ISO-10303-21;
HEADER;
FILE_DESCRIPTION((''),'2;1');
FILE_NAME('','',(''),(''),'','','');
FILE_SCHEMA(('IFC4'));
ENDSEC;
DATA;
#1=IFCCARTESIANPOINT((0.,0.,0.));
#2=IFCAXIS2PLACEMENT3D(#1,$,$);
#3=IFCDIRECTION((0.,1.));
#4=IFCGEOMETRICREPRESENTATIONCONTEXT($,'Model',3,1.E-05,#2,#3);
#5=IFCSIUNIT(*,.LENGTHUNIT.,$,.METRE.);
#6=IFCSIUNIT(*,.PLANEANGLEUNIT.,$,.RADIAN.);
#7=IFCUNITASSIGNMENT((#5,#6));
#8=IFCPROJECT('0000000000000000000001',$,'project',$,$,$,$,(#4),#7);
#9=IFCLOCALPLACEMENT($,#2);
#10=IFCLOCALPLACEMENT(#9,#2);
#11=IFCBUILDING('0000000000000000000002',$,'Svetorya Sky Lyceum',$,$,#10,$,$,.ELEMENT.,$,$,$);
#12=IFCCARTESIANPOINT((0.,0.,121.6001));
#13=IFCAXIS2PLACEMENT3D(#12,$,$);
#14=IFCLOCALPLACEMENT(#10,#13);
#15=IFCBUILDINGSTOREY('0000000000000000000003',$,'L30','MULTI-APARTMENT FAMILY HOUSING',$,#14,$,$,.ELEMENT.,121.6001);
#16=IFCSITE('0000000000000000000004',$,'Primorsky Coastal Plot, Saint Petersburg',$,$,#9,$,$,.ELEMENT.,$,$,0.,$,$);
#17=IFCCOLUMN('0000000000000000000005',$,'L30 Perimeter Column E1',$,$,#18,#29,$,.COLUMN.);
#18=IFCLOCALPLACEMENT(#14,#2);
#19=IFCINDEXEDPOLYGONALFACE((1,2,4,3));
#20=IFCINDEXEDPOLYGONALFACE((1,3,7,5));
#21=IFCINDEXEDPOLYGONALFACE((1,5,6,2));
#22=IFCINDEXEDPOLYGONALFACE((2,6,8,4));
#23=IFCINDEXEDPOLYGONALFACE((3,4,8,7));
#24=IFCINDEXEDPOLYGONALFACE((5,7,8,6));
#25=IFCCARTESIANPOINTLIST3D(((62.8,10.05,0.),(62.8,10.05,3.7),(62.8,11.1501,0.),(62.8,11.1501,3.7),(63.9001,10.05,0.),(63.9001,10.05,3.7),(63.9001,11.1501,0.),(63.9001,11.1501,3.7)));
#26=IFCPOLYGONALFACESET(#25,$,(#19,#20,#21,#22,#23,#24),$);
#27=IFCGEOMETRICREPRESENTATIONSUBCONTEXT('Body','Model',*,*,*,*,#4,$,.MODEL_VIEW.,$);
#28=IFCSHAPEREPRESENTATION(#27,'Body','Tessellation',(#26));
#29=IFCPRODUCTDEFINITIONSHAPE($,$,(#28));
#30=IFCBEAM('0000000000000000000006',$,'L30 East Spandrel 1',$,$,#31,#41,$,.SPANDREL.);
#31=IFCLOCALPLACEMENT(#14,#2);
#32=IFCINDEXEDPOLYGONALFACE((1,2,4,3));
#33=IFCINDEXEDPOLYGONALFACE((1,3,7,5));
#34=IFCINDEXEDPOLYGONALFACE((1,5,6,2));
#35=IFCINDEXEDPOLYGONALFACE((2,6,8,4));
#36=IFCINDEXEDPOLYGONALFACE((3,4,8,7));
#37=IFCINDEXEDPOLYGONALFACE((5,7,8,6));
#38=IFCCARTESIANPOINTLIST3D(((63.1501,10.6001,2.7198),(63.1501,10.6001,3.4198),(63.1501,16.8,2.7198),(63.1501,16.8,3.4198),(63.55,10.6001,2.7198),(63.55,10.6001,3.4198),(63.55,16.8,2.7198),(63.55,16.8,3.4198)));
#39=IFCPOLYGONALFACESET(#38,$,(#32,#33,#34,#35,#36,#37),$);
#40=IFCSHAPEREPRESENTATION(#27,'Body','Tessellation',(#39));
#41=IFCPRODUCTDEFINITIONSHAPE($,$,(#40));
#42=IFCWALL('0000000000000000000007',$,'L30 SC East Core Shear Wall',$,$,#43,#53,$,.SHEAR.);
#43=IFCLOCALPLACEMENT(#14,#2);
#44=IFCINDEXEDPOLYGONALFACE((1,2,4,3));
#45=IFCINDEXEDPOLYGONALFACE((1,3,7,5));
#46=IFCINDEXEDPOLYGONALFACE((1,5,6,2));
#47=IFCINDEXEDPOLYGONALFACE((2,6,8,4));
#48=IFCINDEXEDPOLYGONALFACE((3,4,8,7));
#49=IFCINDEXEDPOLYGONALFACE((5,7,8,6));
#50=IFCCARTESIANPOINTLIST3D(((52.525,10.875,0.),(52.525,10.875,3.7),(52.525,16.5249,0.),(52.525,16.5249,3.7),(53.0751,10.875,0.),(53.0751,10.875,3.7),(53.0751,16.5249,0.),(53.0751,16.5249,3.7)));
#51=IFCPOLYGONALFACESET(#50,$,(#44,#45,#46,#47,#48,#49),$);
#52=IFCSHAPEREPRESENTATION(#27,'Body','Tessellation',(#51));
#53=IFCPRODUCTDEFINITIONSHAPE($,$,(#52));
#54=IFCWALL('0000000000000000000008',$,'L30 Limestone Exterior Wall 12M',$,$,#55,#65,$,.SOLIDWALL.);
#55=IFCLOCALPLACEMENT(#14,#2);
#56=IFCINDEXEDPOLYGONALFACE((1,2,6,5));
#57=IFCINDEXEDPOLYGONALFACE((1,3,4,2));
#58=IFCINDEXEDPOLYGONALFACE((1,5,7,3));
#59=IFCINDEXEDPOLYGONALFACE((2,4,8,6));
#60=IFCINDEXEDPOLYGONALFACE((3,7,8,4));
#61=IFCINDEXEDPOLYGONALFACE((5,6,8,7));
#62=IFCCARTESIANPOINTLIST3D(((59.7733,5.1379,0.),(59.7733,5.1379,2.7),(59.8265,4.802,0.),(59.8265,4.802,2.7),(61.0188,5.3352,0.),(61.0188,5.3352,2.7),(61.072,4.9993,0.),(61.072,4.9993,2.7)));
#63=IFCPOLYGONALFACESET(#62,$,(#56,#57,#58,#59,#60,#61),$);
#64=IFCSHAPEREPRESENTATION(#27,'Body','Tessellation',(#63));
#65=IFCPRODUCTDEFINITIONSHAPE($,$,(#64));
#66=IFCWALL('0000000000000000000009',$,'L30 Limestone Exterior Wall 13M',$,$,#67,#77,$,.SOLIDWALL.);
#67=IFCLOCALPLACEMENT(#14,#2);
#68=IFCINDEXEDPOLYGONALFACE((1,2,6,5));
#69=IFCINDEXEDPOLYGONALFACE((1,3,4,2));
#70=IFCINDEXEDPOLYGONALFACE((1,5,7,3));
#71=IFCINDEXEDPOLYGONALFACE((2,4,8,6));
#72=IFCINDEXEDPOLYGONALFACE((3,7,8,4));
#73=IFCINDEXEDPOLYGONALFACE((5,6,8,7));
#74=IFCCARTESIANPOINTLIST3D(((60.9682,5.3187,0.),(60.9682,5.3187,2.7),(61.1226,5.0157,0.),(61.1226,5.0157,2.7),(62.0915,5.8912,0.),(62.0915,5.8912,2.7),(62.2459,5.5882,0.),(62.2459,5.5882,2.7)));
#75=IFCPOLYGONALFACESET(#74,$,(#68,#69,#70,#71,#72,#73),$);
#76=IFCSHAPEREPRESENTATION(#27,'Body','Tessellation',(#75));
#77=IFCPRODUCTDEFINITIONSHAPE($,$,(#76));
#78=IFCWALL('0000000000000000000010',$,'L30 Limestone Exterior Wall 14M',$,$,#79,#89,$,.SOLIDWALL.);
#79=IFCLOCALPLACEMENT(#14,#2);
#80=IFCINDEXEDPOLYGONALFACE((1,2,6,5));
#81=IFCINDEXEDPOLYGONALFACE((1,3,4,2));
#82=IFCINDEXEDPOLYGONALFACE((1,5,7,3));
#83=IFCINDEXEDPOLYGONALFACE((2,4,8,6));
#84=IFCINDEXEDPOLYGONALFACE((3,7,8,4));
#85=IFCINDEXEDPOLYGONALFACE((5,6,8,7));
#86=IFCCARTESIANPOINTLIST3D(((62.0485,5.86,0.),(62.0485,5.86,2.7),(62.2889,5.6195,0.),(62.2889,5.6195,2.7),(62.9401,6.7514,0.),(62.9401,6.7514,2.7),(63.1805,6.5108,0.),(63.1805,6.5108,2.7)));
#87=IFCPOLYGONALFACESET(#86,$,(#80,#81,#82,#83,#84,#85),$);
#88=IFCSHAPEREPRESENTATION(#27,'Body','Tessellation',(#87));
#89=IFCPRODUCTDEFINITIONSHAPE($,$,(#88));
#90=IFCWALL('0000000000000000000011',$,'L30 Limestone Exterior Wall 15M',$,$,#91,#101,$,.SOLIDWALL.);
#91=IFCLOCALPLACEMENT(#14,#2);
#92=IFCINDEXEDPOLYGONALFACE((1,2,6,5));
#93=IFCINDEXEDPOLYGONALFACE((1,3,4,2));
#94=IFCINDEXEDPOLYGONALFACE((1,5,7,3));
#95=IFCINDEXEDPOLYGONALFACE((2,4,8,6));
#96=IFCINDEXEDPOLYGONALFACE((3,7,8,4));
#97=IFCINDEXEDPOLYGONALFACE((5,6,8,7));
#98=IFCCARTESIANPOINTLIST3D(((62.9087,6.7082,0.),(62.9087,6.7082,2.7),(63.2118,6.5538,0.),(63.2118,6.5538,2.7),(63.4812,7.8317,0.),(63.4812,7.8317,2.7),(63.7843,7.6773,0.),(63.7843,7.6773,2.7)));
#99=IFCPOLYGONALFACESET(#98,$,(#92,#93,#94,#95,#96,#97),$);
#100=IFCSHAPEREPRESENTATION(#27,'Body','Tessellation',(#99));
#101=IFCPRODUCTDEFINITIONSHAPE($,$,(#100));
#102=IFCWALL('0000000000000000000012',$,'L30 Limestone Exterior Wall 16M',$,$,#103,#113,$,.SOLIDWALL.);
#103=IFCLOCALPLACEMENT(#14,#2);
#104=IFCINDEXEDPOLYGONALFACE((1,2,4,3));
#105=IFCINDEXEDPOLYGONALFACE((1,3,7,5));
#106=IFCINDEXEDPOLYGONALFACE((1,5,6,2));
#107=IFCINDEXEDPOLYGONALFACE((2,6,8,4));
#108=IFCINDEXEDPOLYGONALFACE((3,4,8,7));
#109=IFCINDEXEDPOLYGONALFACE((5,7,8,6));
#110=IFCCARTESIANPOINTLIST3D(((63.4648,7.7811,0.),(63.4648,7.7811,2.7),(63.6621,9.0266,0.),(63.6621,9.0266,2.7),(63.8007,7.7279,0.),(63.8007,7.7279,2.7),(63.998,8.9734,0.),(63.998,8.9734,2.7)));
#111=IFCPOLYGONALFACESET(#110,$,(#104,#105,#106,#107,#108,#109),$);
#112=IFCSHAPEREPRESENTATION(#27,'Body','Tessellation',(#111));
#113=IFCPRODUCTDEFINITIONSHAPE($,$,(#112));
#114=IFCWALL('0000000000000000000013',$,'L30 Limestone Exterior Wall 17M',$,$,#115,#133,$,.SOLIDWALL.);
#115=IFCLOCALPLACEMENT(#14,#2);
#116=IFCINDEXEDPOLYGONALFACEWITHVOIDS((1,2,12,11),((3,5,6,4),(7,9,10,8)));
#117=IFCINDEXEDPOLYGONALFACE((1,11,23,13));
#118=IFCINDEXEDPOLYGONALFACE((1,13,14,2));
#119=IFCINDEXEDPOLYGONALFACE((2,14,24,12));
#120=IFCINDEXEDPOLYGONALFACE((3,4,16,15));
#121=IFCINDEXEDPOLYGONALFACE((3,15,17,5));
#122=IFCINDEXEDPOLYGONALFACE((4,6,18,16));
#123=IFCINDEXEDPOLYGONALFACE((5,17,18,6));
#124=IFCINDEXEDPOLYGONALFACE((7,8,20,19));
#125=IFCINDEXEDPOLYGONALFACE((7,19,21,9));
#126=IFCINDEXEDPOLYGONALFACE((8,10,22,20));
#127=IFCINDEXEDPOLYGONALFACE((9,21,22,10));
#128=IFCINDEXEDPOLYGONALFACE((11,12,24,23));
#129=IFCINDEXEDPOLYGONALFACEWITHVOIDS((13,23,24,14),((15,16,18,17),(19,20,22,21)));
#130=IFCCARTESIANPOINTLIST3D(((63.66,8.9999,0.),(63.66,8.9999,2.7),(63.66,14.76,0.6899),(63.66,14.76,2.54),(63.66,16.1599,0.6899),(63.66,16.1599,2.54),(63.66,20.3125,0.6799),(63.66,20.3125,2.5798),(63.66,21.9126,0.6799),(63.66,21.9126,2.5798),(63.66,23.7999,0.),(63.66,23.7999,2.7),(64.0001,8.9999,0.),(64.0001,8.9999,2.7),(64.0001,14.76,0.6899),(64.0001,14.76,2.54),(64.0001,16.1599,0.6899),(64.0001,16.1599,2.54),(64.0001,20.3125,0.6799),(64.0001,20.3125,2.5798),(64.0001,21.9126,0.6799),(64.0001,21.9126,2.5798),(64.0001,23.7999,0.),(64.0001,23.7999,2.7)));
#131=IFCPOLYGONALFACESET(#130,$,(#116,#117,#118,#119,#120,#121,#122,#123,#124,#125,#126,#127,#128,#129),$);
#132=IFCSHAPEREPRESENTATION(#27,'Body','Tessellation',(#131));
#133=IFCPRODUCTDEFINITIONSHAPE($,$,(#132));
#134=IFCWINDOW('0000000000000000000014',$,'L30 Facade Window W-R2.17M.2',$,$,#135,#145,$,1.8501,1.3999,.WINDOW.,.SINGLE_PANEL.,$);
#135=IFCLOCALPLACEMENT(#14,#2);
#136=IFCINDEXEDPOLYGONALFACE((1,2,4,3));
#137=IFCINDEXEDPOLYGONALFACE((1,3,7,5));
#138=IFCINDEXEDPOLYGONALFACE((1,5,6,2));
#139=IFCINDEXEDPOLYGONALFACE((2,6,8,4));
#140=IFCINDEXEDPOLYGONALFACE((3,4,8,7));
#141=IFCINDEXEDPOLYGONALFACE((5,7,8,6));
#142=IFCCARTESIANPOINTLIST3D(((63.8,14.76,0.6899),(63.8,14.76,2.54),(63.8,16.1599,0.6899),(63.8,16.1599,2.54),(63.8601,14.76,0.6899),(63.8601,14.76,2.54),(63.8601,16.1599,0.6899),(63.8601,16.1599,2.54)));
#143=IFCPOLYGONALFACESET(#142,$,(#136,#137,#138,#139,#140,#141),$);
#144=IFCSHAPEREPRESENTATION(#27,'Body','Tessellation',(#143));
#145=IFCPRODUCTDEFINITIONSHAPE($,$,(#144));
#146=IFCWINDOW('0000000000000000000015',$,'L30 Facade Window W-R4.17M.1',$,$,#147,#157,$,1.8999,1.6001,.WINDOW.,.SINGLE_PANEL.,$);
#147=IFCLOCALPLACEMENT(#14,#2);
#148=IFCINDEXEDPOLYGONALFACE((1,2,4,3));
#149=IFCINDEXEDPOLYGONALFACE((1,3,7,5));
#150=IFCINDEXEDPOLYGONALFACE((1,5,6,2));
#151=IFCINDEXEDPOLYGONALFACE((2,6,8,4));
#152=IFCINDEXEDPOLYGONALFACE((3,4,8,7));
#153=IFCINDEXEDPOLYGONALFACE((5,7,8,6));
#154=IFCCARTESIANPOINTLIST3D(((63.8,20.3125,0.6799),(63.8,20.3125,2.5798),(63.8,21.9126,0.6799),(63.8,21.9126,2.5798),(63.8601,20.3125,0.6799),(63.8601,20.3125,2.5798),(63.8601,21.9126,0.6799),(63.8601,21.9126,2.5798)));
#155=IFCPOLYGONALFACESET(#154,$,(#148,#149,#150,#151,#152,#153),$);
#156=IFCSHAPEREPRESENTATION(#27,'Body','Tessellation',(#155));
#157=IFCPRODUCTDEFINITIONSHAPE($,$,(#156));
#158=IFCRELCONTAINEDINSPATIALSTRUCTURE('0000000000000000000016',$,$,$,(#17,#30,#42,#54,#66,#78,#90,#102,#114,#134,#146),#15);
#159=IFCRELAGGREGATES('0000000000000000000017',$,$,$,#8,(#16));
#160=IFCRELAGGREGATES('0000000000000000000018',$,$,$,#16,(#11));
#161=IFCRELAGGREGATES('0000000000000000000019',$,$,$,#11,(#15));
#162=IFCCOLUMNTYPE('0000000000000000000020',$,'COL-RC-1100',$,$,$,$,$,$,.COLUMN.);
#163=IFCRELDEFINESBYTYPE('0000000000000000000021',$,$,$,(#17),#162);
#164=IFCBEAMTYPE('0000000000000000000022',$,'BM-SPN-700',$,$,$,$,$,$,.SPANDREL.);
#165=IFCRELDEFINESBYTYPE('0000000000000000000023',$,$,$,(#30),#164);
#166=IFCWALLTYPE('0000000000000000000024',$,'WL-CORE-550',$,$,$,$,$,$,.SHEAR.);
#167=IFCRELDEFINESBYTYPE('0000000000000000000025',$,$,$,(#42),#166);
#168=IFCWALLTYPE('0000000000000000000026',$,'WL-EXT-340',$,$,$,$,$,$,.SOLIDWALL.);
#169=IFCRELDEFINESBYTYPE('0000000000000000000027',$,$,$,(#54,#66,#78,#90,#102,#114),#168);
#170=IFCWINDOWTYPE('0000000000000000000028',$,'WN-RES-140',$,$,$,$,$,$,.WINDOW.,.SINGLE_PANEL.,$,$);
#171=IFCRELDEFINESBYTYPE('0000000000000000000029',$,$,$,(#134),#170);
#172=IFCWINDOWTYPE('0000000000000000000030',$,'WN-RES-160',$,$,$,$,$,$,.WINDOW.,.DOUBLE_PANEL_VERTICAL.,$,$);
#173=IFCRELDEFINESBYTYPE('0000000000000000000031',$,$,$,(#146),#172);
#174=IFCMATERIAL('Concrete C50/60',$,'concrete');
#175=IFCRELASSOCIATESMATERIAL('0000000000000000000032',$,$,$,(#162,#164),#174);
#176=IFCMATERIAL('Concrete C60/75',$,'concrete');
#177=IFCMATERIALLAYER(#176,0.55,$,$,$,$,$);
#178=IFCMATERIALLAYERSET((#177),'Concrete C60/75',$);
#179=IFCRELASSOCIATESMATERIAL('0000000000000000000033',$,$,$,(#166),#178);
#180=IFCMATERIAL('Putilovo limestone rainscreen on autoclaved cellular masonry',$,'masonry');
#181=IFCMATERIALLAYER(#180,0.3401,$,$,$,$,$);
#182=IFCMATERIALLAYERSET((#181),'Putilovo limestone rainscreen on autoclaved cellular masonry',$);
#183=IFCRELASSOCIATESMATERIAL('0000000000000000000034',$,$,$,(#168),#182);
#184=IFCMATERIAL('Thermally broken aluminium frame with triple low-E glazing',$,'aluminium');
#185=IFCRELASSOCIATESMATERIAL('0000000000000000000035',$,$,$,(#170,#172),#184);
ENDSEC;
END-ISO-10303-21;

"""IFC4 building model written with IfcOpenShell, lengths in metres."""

from ifc_helpers import new_model, si_unit, direction, frame, frame_2d, origin, origin_2d, place, context, subcontext, project, spatial, rectangle, extrude, material, layer, layer_set, material_profile, profile_set, type_object, element, fill, save


model = new_model("IFC4")

# Units and contexts
model_context = context("Model", 3, precision=1e-05, world=origin(), true_north=direction((0.0, 1.0)))
body_context = subcontext(model_context, "Body", "Model", "MODEL_VIEW")
ifc_project = project(units=[si_unit("LENGTHUNIT", "METRE"), si_unit("PLANEANGLEUNIT", "RADIAN")], contexts=[model_context])

# Site, building, storey
site_placement = place(None, origin())
site = spatial("IfcSite", under=ifc_project, at=site_placement, Name="Primorsky Coastal Plot, Saint Petersburg", CompositionType="ELEMENT", RefElevation=0.0)
building_placement = place(site_placement, origin())
building = spatial("IfcBuilding", under=site, at=building_placement, Name="Svetorya Sky Lyceum", CompositionType="ELEMENT")
storey_placement = place(building_placement, frame((0.0, 0.0, 121.6001)))
storey = spatial("IfcBuildingStorey", under=building, at=storey_placement, Name="L30", Description="MULTI-APARTMENT FAMILY HOUSING", CompositionType="ELEMENT", Elevation=121.6001)

# Column
ifc_material_1 = material(Name="Concrete C50/60", Category="concrete")
ifc_material_profile_1 = material_profile(ifc_material_1, rectangle(XDim=1.1001, YDim=1.1001, at=origin_2d()), Name="RC COL 1100x1100")
ifc_profile_set_1 = profile_set([ifc_material_profile_1], Name="Concrete C50/60")
column_type = type_object("IfcColumnType", Name="COL-RC-1100", PredefinedType="COLUMN", material=ifc_profile_set_1)
column_placement = place(storey_placement, frame((63.3501, 10.6001, 0.0), z_axis=(0.0, 0.0, 1.0), x_axis=(1.0, 0.0, 0.0)))
element("IfcColumn", 1, at=column_placement, inside=storey, type_object=column_type, Name="L30 Perimeter Column E1", PredefinedType="COLUMN", context=body_context, shape_type="SweptSolid", body=[
    extrude(rectangle(XDim=1.1001, YDim=1.1001, at=origin_2d()), origin(), (0.0, 0.0, 1.0), 3.7),
])

# Beam
ifc_material_profile_2 = material_profile(ifc_material_1, rectangle(XDim=0.3999, YDim=0.7, at=origin_2d()), Name="RC SPANDREL 400x700")
ifc_profile_set_2 = profile_set([ifc_material_profile_2], Name="Concrete C50/60")
beam_type = type_object("IfcBeamType", Name="BM-SPN-700", PredefinedType="SPANDREL", material=ifc_profile_set_2)
beam_placement = place(storey_placement, frame((63.3501, 10.6001, 3.0698), z_axis=(0.0, 1.0, 0.0), x_axis=(-1.0, 0.0, 0.0)))
element("IfcBeam", 2, at=beam_placement, inside=storey, type_object=beam_type, Name="L30 East Spandrel 1", PredefinedType="SPANDREL", context=body_context, shape_type="SweptSolid", body=[
    extrude(rectangle(XDim=0.3999, YDim=0.7, at=origin_2d()), origin(), (0.0, 0.0, 1.0), 6.2),
])

# Walls
ifc_material_2 = material(Name="Concrete C60/75", Category="concrete")
ifc_layer_1 = layer(ifc_material_2, 0.55)
ifc_layer_set_1 = layer_set([ifc_layer_1], Name="Concrete C60/75")
wall_type_1 = type_object("IfcWallType", Name="WL-CORE-550", PredefinedType="SHEAR", material=ifc_layer_set_1)
wall_1_placement = place(storey_placement, frame((52.8, 10.875, 0.0), z_axis=(0.0, 0.0, 1.0), x_axis=(0.0, 1.0, 0.0)))
element("IfcWall", 3, at=wall_1_placement, inside=storey, type_object=wall_type_1, Name="L30 SC East Core Shear Wall", PredefinedType="SHEAR", context=body_context, shape_type="SweptSolid", body=[
    extrude(rectangle(XDim=5.6499, YDim=0.55, at=frame_2d((2.825, 0.0))), origin(), (0.0, 0.0, 1.0), 3.7),
])
ifc_material_3 = material(Name="Putilovo limestone rainscreen on autoclaved cellular masonry", Category="masonry")
ifc_layer_2 = layer(ifc_material_3, 0.3401)
ifc_layer_set_2 = layer_set([ifc_layer_2], Name="Putilovo limestone rainscreen on autoclaved cellular masonry")
wall_type_2 = type_object("IfcWallType", Name="WL-EXT-340", PredefinedType="SOLIDWALL", material=ifc_layer_set_2)
wall_2_placement = place(storey_placement, frame((59.8, 4.97, 0.0), z_axis=(0.0, 0.0, 1.0), x_axis=(0.987686, 0.15645, 0.0)))
element("IfcWall", 4, at=wall_2_placement, inside=storey, type_object=wall_type_2, Name="L30 Limestone Exterior Wall 12M", PredefinedType="SOLIDWALL", context=body_context, shape_type="SweptSolid", body=[
    extrude(rectangle(XDim=1.261, YDim=0.3401, at=frame_2d((0.6304, 0.0))), origin(), (0.0, 0.0, 1.0), 2.7),
])
for number, where, z_axis, x_axis, name in (
    (5, (61.0454, 5.1672, 0.0), (0.0, 0.0, 1.0), (0.890954, 0.454094, 0.0), "L30 Limestone Exterior Wall 13M"),
    (6, (62.1687, 5.7397, 0.0), (0.0, 0.0, 1.0), (0.707204, 0.70701, 0.0), "L30 Limestone Exterior Wall 14M"),
):
    element("IfcWall", number, at=place(storey_placement, frame(where, z_axis=z_axis, x_axis=x_axis)), inside=storey, type_object=wall_type_2, Name=name, PredefinedType="SOLIDWALL", context=body_context, shape_type="SweptSolid", body=[
        extrude(rectangle(XDim=1.2607, YDim=0.3401, at=frame_2d((0.6304, 0.0))), origin(), (0.0, 0.0, 1.0), 2.7),
    ])
for number, where, z_axis, x_axis, name in (
    (7, (63.0603, 6.6311, 0.0), (0.0, 0.0, 1.0), (0.454016, 0.890994, 0.0), "L30 Limestone Exterior Wall 15M"),
    (8, (63.6328, 7.7546, 0.0), (0.0, 0.0, 1.0), (0.15645, 0.987686, 0.0), "L30 Limestone Exterior Wall 16M"),
):
    element("IfcWall", number, at=place(storey_placement, frame(where, z_axis=z_axis, x_axis=x_axis)), inside=storey, type_object=wall_type_2, Name=name, PredefinedType="SOLIDWALL", context=body_context, shape_type="SweptSolid", body=[
        extrude(rectangle(XDim=1.261, YDim=0.3401, at=frame_2d((0.6304, 0.0))), origin(), (0.0, 0.0, 1.0), 2.7),
    ])

# Wall, openings, windows
wall_3_placement = place(storey_placement, frame((63.8301, 9.0, 0.0), z_axis=(0.0, 0.0, 1.0), x_axis=(0.0, 1.0, 0.0)))
wall_3 = element("IfcWall", 9, at=wall_3_placement, inside=storey, type_object=wall_type_2, Name="L30 Limestone Exterior Wall 17M", PredefinedType="SOLIDWALL", context=body_context, shape_type="SweptSolid", body=[
    extrude(rectangle(XDim=14.8, YDim=0.3401, at=frame_2d((7.3999, 0.0))), origin(), (0.0, 0.0, 1.0), 2.7),
])
opening_1_placement = place(wall_3_placement, frame((5.76, 0.0, 0.6899)))
opening_1 = element("IfcOpeningElement", 10, at=opening_1_placement, cuts=wall_3, PredefinedType="OPENING", context=body_context, shape_type="SweptSolid", body=[
    extrude(rectangle(XDim=1.3999, YDim=1.8501, at=frame_2d((0.7, 0.925))), frame((0.0, 0.1799, 0.0), z_axis=(0.0, -1.0, 0.0), x_axis=(1.0, 0.0, 0.0)), (0.0, 0.0, 1.0), 0.3601),
])
opening_2_placement = place(wall_3_placement, frame((11.3125, 0.0, 0.6799)))
opening_2 = element("IfcOpeningElement", 11, at=opening_2_placement, cuts=wall_3, PredefinedType="OPENING", context=body_context, shape_type="SweptSolid", body=[
    extrude(rectangle(XDim=1.6001, YDim=1.8999, at=frame_2d((0.8, 0.95))), frame((0.0, 0.1799, 0.0), z_axis=(0.0, -1.0, 0.0), x_axis=(1.0, 0.0, 0.0)), (0.0, 0.0, 1.0), 0.3601),
])
ifc_material_4 = material(Name="Thermally broken aluminium frame with triple low-E glazing", Category="aluminium")
window_type_1 = type_object("IfcWindowType", Name="WN-RES-140", PartitioningType="SINGLE_PANEL", PredefinedType="WINDOW", material=ifc_material_4)
window_1_placement = place(opening_1_placement, origin())
window_1 = element("IfcWindow", 12, at=window_1_placement, inside=storey, type_object=window_type_1, Name="L30 Facade Window W-R2.17M.2", OverallHeight=1.8501, OverallWidth=1.3999, PartitioningType="SINGLE_PANEL", PredefinedType="WINDOW", context=body_context, shape_type="SweptSolid", body=[
    extrude(rectangle(XDim=1.3999, YDim=1.8501, at=frame_2d((0.7, 0.925))), frame((0.0, 0.03, 0.0), z_axis=(0.0, -1.0, 0.0), x_axis=(1.0, 0.0, 0.0)), (0.0, 0.0, 1.0), 0.0601),
])
fill(opening_1, window_1)
window_type_2 = type_object("IfcWindowType", Name="WN-RES-160", PartitioningType="DOUBLE_PANEL_VERTICAL", PredefinedType="WINDOW", material=ifc_material_4)
window_2_placement = place(opening_2_placement, origin())
window_2 = element("IfcWindow", 13, at=window_2_placement, inside=storey, type_object=window_type_2, Name="L30 Facade Window W-R4.17M.1", OverallHeight=1.8999, OverallWidth=1.6001, PartitioningType="SINGLE_PANEL", PredefinedType="WINDOW", context=body_context, shape_type="SweptSolid", body=[
    extrude(rectangle(XDim=1.6001, YDim=1.8999, at=frame_2d((0.8, 0.95))), frame((0.0, 0.03, 0.0), z_axis=(0.0, -1.0, 0.0), x_axis=(1.0, 0.0, 0.0)), (0.0, 0.0, 1.0), 0.0601),
])
fill(opening_2, window_2)

save(model, "model.ifc")
